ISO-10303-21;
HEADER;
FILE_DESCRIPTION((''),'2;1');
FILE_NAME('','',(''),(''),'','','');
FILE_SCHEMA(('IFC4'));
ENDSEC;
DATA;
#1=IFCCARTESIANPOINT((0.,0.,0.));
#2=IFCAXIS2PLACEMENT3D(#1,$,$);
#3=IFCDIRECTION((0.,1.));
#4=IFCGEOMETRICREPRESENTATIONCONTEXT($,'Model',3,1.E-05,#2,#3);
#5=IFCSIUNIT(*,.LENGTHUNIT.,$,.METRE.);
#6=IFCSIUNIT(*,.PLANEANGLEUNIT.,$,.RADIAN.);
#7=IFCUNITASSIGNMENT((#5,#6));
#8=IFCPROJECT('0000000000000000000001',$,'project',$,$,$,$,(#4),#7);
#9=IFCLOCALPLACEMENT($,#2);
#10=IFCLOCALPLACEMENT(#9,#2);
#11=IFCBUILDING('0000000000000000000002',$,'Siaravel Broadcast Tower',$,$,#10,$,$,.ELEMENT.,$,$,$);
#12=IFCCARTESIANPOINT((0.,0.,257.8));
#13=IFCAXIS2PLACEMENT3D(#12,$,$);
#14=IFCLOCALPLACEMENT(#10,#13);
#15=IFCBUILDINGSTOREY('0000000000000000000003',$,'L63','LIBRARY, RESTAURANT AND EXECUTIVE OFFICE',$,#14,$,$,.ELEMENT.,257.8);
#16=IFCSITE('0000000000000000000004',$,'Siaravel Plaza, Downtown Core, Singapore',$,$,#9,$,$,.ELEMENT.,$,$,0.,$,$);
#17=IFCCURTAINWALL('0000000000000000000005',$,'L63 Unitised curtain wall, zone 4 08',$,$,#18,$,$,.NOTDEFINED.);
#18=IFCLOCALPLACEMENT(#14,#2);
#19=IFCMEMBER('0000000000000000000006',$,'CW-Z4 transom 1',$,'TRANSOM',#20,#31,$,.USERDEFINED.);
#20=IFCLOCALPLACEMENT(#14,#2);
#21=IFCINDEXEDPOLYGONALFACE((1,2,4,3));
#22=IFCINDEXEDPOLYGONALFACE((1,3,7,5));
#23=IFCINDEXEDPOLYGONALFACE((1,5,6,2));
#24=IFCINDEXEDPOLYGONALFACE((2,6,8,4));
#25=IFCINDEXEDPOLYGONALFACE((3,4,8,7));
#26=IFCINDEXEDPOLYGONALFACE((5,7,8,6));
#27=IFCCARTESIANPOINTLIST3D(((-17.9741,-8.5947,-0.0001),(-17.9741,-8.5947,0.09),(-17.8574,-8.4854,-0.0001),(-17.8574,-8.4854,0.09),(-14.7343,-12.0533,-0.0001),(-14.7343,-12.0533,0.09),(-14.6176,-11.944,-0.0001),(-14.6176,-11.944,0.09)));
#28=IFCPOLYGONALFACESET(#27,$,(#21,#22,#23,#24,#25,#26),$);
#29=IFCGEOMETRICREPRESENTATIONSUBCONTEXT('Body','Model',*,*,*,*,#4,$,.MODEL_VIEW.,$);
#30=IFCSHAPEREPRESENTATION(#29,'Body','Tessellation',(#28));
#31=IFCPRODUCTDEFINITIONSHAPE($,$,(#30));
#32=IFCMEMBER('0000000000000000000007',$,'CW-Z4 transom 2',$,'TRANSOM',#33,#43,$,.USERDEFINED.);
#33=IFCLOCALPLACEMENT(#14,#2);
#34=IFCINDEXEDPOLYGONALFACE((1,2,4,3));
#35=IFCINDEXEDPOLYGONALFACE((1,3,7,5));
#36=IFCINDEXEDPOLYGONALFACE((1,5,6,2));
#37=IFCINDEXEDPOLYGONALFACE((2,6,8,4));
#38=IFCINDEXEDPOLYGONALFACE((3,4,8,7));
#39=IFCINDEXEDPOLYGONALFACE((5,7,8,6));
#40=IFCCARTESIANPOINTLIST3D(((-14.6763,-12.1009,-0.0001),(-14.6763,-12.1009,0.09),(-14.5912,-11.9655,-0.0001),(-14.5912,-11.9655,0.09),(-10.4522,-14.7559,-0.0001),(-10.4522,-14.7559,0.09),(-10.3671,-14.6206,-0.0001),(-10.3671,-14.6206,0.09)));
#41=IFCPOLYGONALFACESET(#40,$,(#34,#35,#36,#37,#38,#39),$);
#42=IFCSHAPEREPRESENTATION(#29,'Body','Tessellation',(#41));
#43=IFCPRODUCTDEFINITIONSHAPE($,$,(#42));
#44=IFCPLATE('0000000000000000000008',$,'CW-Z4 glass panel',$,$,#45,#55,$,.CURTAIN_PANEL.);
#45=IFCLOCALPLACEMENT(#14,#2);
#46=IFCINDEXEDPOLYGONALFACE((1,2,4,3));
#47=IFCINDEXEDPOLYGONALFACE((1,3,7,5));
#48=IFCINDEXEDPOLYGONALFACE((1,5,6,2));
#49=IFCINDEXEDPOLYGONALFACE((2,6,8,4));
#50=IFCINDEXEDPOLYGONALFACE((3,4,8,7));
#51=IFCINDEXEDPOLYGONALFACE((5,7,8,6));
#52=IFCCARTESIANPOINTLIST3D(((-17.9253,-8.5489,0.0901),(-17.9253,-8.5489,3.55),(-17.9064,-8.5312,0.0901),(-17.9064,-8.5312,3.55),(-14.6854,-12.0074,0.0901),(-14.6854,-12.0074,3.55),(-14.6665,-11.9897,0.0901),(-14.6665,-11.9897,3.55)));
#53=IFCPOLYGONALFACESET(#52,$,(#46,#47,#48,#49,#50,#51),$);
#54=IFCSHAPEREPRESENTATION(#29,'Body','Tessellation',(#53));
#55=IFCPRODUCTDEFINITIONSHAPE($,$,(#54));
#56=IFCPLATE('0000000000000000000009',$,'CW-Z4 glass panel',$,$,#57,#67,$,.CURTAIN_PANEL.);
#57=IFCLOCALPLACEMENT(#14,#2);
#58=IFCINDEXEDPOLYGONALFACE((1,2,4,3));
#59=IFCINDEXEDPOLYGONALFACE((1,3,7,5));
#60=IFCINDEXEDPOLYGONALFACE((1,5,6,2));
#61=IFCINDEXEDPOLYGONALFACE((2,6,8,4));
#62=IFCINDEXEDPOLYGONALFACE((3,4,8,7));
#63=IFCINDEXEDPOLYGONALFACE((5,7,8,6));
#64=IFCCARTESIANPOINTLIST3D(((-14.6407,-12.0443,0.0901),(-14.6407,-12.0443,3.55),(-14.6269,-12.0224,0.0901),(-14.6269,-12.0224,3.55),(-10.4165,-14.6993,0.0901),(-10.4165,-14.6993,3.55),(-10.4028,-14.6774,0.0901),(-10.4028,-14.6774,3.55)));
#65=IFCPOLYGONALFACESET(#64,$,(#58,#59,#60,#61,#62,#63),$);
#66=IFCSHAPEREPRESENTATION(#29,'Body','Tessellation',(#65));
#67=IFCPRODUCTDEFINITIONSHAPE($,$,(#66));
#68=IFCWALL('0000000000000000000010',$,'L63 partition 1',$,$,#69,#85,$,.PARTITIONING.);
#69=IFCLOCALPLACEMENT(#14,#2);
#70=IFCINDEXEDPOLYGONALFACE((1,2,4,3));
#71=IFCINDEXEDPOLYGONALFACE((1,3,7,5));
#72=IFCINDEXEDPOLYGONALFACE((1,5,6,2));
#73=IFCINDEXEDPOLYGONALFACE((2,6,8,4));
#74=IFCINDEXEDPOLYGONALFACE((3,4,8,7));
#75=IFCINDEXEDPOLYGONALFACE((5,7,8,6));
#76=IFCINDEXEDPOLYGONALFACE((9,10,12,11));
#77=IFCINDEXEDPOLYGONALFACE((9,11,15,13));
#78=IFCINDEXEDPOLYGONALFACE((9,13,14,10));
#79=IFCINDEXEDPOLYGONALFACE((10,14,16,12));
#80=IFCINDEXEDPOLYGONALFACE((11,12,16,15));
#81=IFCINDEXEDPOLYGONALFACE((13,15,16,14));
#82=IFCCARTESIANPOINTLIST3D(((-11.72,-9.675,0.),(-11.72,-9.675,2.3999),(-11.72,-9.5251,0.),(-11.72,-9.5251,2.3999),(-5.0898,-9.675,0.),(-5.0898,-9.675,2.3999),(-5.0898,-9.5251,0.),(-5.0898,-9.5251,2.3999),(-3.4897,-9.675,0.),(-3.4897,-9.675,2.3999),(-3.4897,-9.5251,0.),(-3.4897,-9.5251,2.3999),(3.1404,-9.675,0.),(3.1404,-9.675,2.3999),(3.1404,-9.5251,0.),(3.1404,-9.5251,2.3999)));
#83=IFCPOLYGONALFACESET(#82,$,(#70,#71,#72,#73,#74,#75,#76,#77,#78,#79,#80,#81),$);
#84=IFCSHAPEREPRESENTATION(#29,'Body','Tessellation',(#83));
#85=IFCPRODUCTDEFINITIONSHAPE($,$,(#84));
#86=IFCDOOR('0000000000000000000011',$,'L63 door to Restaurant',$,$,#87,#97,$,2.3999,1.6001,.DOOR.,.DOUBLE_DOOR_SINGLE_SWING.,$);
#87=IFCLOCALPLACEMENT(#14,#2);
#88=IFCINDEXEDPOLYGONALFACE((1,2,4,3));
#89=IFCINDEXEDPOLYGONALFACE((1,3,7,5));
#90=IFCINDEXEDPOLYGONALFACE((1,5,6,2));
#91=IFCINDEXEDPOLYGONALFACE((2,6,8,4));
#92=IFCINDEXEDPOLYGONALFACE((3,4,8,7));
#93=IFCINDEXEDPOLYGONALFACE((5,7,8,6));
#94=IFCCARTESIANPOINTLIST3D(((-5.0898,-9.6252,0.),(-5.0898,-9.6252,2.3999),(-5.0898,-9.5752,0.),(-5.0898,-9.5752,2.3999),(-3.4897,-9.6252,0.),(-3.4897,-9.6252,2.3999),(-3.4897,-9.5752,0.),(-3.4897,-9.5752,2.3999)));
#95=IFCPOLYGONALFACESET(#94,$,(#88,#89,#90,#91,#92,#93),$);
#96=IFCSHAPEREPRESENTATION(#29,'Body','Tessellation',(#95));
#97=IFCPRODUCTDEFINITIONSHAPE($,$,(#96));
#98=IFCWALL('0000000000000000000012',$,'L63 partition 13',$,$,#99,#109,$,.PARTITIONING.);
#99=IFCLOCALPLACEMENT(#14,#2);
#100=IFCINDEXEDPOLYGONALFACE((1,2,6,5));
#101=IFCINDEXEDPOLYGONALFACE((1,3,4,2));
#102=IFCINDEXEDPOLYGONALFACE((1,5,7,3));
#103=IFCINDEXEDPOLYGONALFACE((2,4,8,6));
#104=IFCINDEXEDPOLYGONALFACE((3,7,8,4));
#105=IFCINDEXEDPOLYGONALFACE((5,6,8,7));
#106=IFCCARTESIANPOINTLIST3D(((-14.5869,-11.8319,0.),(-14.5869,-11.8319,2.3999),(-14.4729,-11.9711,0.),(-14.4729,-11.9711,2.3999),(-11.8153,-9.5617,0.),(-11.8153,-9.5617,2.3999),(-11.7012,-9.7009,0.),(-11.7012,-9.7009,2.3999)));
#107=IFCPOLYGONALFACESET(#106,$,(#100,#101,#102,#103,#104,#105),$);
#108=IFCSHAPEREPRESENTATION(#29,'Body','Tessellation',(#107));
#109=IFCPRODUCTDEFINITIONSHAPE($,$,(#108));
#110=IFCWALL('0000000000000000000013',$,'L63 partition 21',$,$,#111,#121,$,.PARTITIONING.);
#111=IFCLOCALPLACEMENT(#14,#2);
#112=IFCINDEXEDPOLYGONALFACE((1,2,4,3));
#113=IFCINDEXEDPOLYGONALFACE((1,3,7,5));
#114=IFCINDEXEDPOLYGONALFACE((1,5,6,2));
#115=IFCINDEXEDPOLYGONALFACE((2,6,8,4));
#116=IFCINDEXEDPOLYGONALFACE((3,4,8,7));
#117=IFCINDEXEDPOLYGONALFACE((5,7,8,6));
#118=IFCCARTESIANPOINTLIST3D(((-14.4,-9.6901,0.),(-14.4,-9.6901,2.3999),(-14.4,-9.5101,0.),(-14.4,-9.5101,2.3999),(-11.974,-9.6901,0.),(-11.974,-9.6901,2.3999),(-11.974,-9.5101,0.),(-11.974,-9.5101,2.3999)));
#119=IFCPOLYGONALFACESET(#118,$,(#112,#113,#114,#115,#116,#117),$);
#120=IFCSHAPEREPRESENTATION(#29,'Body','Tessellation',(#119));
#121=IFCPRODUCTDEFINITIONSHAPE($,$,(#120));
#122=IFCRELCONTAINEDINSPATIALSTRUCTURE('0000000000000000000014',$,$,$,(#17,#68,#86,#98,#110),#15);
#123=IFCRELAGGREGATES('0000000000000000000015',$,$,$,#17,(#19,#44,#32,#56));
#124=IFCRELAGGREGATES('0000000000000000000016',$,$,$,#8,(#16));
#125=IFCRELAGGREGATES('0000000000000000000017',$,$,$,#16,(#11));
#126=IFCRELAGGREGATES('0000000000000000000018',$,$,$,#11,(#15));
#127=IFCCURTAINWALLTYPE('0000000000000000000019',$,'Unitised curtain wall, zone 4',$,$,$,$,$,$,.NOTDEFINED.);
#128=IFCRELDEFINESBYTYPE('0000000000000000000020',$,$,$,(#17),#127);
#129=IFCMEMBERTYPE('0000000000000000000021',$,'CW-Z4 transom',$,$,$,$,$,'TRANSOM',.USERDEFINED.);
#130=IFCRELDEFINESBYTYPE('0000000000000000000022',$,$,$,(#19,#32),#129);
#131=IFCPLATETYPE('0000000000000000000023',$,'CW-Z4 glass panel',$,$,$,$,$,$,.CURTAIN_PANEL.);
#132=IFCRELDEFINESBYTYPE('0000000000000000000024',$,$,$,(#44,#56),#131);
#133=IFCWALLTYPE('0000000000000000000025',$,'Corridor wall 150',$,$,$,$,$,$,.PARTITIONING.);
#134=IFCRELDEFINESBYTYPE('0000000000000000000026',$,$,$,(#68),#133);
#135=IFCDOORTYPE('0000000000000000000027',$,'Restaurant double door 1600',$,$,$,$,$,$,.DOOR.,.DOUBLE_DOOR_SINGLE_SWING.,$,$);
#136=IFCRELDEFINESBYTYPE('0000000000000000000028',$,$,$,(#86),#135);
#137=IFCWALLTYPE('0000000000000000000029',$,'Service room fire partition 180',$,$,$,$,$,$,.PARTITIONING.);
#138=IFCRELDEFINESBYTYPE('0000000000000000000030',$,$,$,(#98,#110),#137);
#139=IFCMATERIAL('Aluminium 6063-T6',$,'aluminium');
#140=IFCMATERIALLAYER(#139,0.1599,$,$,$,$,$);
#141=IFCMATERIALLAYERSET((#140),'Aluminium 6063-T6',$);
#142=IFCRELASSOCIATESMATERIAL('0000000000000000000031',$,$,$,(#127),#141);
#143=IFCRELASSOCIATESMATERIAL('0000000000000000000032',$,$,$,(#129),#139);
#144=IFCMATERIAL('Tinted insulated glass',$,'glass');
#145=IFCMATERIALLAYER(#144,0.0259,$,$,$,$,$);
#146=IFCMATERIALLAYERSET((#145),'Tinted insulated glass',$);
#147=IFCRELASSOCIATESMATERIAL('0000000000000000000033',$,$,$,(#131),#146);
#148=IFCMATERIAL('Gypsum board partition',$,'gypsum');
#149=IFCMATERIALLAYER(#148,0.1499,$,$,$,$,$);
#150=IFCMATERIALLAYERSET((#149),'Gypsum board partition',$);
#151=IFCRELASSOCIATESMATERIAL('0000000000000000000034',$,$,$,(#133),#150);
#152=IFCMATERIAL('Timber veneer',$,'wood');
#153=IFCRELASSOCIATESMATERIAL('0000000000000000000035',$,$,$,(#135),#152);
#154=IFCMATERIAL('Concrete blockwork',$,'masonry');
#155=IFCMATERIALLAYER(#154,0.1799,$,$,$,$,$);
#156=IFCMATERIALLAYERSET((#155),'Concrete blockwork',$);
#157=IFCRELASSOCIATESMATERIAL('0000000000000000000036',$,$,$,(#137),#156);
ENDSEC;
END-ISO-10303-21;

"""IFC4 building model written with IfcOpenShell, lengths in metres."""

from ifc_helpers import new_model, si_unit, direction, frame, frame_2d, origin, origin_2d, place, context, subcontext, project, spatial, rectangle, extrude, material, layer, layer_set, material_profile, profile_set, type_object, element, fill, aggregate, save


model = new_model("IFC4")

# Units and contexts
model_context = context("Model", 3, precision=1e-05, world=origin(), true_north=direction((0.0, 1.0)))
body_context = subcontext(model_context, "Body", "Model", "MODEL_VIEW")
ifc_project = project(units=[si_unit("LENGTHUNIT", "METRE"), si_unit("PLANEANGLEUNIT", "RADIAN")], contexts=[model_context])

# Site, building, storey
site_placement = place(None, origin())
site = spatial("IfcSite", under=ifc_project, at=site_placement, Name="Siaravel Plaza, Downtown Core, Singapore", CompositionType="ELEMENT", RefElevation=0.0)
building_placement = place(site_placement, origin())
building = spatial("IfcBuilding", under=site, at=building_placement, Name="Siaravel Broadcast Tower", CompositionType="ELEMENT")
storey_placement = place(building_placement, frame((0.0, 0.0, 257.8)))
storey = spatial("IfcBuildingStorey", under=building, at=storey_placement, Name="L63", Description="LIBRARY, RESTAURANT AND EXECUTIVE OFFICE", CompositionType="ELEMENT", Elevation=257.8)

# Shared definitions
ifc_material_1 = material(Name="Aluminium 6063-T6", Category="aluminium")
ifc_layer_1 = layer(ifc_material_1, 0.1599)
ifc_layer_set_1 = layer_set([ifc_layer_1], Name="Aluminium 6063-T6")
curtain_wall_type = type_object("IfcCurtainWallType", Name="Unitised curtain wall, zone 4", PredefinedType="NOTDEFINED", material=ifc_layer_set_1)

# Curtain wall, members, plates
curtain_wall_1_placement = place(storey_placement, origin())
curtain_wall_1 = element("IfcCurtainWall", 1, at=curtain_wall_1_placement, inside=storey, type_object=curtain_wall_type, Name="L63 Unitised curtain wall, zone 4 08", PredefinedType="NOTDEFINED")
ifc_material_profile_1 = material_profile(ifc_material_1, rectangle(XDim=0.1599, YDim=0.0901, at=origin_2d()))
ifc_profile_set_1 = profile_set([ifc_material_profile_1], Name="Aluminium 6063-T6")
member_type_1 = type_object("IfcMemberType", Name="CW-Z4 transom", ElementType="TRANSOM", PredefinedType="USERDEFINED", material=ifc_profile_set_1)
member_1_placement = place(storey_placement, frame((-17.9158, -8.54, 0.0449), z_axis=(0.68365, -0.72981, 0.0), x_axis=(0.72981, 0.68365, 0.0)))
member_1 = element("IfcMember", 2, at=member_1_placement, type_object=member_type_1, Name="CW-Z4 transom 1", ObjectType="TRANSOM", PredefinedType="USERDEFINED", context=body_context, shape_type="SweptSolid", body=[
    extrude(rectangle(XDim=0.1599, YDim=0.0901, at=origin_2d()), origin(), (0.0, 0.0, 1.0), 4.739),
])
member_2_placement = place(storey_placement, frame((-14.6338, -12.0332, 0.0449), z_axis=(0.846649, -0.532153, 0.0), x_axis=(0.532153, 0.846649, 0.0)))
member_2 = element("IfcMember", 3, at=member_2_placement, type_object=member_type_1, Name="CW-Z4 transom 2", ObjectType="TRANSOM", PredefinedType="USERDEFINED", context=body_context, shape_type="SweptSolid", body=[
    extrude(rectangle(XDim=0.1599, YDim=0.0901, at=origin_2d()), origin(), (0.0, 0.0, 1.0), 4.9893),
])
ifc_material_2 = material(Name="Tinted insulated glass", Category="glass")
ifc_layer_2 = layer(ifc_material_2, 0.0259)
ifc_layer_set_2 = layer_set([ifc_layer_2], Name="Tinted insulated glass")
plate_type = type_object("IfcPlateType", Name="CW-Z4 glass panel", PredefinedType="CURTAIN_PANEL", material=ifc_layer_set_2)
plate_1_placement = place(storey_placement, frame((-16.2959, -10.2693, 0.0901), z_axis=(0.0, 0.0, 1.0), x_axis=(0.683654, -0.729807, 0.0)))
plate_1 = element("IfcPlate", 4, at=plate_1_placement, type_object=plate_type, Name="CW-Z4 glass panel", PredefinedType="CURTAIN_PANEL", context=body_context, shape_type="SweptSolid", body=[
    extrude(rectangle(XDim=4.739, YDim=0.0259, at=origin_2d()), origin(), (0.0, 0.0, 1.0), 3.46),
])
plate_2_placement = place(storey_placement, frame((-12.5217, -13.3608, 0.0901), z_axis=(0.0, 0.0, 1.0), x_axis=(0.84665, -0.532151, 0.0)))
plate_2 = element("IfcPlate", 5, at=plate_2_placement, type_object=plate_type, Name="CW-Z4 glass panel", PredefinedType="CURTAIN_PANEL", context=body_context, shape_type="SweptSolid", body=[
    extrude(rectangle(XDim=4.9893, YDim=0.0259, at=origin_2d()), origin(), (0.0, 0.0, 1.0), 3.46),
])
aggregate(curtain_wall_1, [member_1, plate_1, member_2, plate_2])

# Wall, opening, door
ifc_material_3 = material(Name="Gypsum board partition", Category="gypsum")
ifc_layer_3 = layer(ifc_material_3, 0.1499)
ifc_layer_set_3 = layer_set([ifc_layer_3], Name="Gypsum board partition")
wall_type_1 = type_object("IfcWallType", Name="Corridor wall 150", PredefinedType="PARTITIONING", material=ifc_layer_set_3)
wall_1_placement = place(storey_placement, frame((-11.72, -9.6001, 0.0), z_axis=(0.0, 0.0, 1.0), x_axis=(1.0, 0.0, 0.0)))
wall_1 = element("IfcWall", 6, at=wall_1_placement, inside=storey, type_object=wall_type_1, Name="L63 partition 1", PredefinedType="PARTITIONING", context=body_context, shape_type="SweptSolid", body=[
    extrude(rectangle(XDim=14.8604, YDim=0.1499, at=frame_2d((7.4302, 0.0))), origin(), (0.0, 0.0, 1.0), 2.3999),
])
opening_placement = place(wall_1_placement, frame((6.6301, 0.0, 0.0)))
opening = element("IfcOpeningElement", 7, at=opening_placement, cuts=wall_1, PredefinedType="OPENING", context=body_context, shape_type="SweptSolid", body=[
    extrude(rectangle(XDim=1.6001, YDim=2.3999, at=frame_2d((0.8, 1.2))), frame((0.0, 0.085, 0.0), z_axis=(0.0, -1.0, 0.0), x_axis=(1.0, 0.0, 0.0)), (0.0, 0.0, 1.0), 0.1699),
])
ifc_material_4 = material(Name="Timber veneer", Category="wood")
door_type = type_object("IfcDoorType", Name="Restaurant double door 1600", OperationType="DOUBLE_DOOR_SINGLE_SWING", PredefinedType="DOOR", material=ifc_material_4)
door_placement = place(opening_placement, origin())
door = element("IfcDoor", 8, at=door_placement, inside=storey, type_object=door_type, Name="L63 door to Restaurant", OperationType="DOUBLE_DOOR_SINGLE_SWING", OverallHeight=2.3999, OverallWidth=1.6001, PredefinedType="DOOR", context=body_context, shape_type="SweptSolid", body=[
    extrude(rectangle(XDim=1.6001, YDim=2.3999, at=frame_2d((0.8, 1.2))), frame((0.0, 0.0249, 0.0), z_axis=(0.0, -1.0, 0.0), x_axis=(1.0, 0.0, 0.0)), (0.0, 0.0, 1.0), 0.05),
])
fill(opening, door)

# Walls
ifc_material_5 = material(Name="Concrete blockwork", Category="masonry")
ifc_layer_4 = layer(ifc_material_5, 0.1799)
ifc_layer_set_4 = layer_set([ifc_layer_4], Name="Concrete blockwork")
wall_type_2 = type_object("IfcWallType", Name="Service room fire partition 180", PredefinedType="PARTITIONING", material=ifc_layer_set_4)
wall_2_placement = place(storey_placement, frame((-14.53, -11.9016, 0.0), z_axis=(0.0, 0.0, 1.0), x_axis=(0.773617, 0.633653, 0.0)))
element("IfcWall", 9, at=wall_2_placement, inside=storey, type_object=wall_type_2, Name="L63 partition 13", PredefinedType="PARTITIONING", context=body_context, shape_type="SweptSolid", body=[
    extrude(rectangle(XDim=3.5828, YDim=0.1799, at=frame_2d((1.7915, 0.0))), origin(), (0.0, 0.0, 1.0), 2.3999),
])
wall_3_placement = place(storey_placement, frame((-14.3999, -9.6001, 0.0), z_axis=(0.0, 0.0, 1.0), x_axis=(1.0, 0.0, 0.0)))
element("IfcWall", 10, at=wall_3_placement, inside=storey, type_object=wall_type_2, Name="L63 partition 21", PredefinedType="PARTITIONING", context=body_context, shape_type="SweptSolid", body=[
    extrude(rectangle(XDim=2.426, YDim=0.1799, at=frame_2d((1.2129, 0.0))), origin(), (0.0, 0.0, 1.0), 2.3999),
])

save(model, "model.ifc")
